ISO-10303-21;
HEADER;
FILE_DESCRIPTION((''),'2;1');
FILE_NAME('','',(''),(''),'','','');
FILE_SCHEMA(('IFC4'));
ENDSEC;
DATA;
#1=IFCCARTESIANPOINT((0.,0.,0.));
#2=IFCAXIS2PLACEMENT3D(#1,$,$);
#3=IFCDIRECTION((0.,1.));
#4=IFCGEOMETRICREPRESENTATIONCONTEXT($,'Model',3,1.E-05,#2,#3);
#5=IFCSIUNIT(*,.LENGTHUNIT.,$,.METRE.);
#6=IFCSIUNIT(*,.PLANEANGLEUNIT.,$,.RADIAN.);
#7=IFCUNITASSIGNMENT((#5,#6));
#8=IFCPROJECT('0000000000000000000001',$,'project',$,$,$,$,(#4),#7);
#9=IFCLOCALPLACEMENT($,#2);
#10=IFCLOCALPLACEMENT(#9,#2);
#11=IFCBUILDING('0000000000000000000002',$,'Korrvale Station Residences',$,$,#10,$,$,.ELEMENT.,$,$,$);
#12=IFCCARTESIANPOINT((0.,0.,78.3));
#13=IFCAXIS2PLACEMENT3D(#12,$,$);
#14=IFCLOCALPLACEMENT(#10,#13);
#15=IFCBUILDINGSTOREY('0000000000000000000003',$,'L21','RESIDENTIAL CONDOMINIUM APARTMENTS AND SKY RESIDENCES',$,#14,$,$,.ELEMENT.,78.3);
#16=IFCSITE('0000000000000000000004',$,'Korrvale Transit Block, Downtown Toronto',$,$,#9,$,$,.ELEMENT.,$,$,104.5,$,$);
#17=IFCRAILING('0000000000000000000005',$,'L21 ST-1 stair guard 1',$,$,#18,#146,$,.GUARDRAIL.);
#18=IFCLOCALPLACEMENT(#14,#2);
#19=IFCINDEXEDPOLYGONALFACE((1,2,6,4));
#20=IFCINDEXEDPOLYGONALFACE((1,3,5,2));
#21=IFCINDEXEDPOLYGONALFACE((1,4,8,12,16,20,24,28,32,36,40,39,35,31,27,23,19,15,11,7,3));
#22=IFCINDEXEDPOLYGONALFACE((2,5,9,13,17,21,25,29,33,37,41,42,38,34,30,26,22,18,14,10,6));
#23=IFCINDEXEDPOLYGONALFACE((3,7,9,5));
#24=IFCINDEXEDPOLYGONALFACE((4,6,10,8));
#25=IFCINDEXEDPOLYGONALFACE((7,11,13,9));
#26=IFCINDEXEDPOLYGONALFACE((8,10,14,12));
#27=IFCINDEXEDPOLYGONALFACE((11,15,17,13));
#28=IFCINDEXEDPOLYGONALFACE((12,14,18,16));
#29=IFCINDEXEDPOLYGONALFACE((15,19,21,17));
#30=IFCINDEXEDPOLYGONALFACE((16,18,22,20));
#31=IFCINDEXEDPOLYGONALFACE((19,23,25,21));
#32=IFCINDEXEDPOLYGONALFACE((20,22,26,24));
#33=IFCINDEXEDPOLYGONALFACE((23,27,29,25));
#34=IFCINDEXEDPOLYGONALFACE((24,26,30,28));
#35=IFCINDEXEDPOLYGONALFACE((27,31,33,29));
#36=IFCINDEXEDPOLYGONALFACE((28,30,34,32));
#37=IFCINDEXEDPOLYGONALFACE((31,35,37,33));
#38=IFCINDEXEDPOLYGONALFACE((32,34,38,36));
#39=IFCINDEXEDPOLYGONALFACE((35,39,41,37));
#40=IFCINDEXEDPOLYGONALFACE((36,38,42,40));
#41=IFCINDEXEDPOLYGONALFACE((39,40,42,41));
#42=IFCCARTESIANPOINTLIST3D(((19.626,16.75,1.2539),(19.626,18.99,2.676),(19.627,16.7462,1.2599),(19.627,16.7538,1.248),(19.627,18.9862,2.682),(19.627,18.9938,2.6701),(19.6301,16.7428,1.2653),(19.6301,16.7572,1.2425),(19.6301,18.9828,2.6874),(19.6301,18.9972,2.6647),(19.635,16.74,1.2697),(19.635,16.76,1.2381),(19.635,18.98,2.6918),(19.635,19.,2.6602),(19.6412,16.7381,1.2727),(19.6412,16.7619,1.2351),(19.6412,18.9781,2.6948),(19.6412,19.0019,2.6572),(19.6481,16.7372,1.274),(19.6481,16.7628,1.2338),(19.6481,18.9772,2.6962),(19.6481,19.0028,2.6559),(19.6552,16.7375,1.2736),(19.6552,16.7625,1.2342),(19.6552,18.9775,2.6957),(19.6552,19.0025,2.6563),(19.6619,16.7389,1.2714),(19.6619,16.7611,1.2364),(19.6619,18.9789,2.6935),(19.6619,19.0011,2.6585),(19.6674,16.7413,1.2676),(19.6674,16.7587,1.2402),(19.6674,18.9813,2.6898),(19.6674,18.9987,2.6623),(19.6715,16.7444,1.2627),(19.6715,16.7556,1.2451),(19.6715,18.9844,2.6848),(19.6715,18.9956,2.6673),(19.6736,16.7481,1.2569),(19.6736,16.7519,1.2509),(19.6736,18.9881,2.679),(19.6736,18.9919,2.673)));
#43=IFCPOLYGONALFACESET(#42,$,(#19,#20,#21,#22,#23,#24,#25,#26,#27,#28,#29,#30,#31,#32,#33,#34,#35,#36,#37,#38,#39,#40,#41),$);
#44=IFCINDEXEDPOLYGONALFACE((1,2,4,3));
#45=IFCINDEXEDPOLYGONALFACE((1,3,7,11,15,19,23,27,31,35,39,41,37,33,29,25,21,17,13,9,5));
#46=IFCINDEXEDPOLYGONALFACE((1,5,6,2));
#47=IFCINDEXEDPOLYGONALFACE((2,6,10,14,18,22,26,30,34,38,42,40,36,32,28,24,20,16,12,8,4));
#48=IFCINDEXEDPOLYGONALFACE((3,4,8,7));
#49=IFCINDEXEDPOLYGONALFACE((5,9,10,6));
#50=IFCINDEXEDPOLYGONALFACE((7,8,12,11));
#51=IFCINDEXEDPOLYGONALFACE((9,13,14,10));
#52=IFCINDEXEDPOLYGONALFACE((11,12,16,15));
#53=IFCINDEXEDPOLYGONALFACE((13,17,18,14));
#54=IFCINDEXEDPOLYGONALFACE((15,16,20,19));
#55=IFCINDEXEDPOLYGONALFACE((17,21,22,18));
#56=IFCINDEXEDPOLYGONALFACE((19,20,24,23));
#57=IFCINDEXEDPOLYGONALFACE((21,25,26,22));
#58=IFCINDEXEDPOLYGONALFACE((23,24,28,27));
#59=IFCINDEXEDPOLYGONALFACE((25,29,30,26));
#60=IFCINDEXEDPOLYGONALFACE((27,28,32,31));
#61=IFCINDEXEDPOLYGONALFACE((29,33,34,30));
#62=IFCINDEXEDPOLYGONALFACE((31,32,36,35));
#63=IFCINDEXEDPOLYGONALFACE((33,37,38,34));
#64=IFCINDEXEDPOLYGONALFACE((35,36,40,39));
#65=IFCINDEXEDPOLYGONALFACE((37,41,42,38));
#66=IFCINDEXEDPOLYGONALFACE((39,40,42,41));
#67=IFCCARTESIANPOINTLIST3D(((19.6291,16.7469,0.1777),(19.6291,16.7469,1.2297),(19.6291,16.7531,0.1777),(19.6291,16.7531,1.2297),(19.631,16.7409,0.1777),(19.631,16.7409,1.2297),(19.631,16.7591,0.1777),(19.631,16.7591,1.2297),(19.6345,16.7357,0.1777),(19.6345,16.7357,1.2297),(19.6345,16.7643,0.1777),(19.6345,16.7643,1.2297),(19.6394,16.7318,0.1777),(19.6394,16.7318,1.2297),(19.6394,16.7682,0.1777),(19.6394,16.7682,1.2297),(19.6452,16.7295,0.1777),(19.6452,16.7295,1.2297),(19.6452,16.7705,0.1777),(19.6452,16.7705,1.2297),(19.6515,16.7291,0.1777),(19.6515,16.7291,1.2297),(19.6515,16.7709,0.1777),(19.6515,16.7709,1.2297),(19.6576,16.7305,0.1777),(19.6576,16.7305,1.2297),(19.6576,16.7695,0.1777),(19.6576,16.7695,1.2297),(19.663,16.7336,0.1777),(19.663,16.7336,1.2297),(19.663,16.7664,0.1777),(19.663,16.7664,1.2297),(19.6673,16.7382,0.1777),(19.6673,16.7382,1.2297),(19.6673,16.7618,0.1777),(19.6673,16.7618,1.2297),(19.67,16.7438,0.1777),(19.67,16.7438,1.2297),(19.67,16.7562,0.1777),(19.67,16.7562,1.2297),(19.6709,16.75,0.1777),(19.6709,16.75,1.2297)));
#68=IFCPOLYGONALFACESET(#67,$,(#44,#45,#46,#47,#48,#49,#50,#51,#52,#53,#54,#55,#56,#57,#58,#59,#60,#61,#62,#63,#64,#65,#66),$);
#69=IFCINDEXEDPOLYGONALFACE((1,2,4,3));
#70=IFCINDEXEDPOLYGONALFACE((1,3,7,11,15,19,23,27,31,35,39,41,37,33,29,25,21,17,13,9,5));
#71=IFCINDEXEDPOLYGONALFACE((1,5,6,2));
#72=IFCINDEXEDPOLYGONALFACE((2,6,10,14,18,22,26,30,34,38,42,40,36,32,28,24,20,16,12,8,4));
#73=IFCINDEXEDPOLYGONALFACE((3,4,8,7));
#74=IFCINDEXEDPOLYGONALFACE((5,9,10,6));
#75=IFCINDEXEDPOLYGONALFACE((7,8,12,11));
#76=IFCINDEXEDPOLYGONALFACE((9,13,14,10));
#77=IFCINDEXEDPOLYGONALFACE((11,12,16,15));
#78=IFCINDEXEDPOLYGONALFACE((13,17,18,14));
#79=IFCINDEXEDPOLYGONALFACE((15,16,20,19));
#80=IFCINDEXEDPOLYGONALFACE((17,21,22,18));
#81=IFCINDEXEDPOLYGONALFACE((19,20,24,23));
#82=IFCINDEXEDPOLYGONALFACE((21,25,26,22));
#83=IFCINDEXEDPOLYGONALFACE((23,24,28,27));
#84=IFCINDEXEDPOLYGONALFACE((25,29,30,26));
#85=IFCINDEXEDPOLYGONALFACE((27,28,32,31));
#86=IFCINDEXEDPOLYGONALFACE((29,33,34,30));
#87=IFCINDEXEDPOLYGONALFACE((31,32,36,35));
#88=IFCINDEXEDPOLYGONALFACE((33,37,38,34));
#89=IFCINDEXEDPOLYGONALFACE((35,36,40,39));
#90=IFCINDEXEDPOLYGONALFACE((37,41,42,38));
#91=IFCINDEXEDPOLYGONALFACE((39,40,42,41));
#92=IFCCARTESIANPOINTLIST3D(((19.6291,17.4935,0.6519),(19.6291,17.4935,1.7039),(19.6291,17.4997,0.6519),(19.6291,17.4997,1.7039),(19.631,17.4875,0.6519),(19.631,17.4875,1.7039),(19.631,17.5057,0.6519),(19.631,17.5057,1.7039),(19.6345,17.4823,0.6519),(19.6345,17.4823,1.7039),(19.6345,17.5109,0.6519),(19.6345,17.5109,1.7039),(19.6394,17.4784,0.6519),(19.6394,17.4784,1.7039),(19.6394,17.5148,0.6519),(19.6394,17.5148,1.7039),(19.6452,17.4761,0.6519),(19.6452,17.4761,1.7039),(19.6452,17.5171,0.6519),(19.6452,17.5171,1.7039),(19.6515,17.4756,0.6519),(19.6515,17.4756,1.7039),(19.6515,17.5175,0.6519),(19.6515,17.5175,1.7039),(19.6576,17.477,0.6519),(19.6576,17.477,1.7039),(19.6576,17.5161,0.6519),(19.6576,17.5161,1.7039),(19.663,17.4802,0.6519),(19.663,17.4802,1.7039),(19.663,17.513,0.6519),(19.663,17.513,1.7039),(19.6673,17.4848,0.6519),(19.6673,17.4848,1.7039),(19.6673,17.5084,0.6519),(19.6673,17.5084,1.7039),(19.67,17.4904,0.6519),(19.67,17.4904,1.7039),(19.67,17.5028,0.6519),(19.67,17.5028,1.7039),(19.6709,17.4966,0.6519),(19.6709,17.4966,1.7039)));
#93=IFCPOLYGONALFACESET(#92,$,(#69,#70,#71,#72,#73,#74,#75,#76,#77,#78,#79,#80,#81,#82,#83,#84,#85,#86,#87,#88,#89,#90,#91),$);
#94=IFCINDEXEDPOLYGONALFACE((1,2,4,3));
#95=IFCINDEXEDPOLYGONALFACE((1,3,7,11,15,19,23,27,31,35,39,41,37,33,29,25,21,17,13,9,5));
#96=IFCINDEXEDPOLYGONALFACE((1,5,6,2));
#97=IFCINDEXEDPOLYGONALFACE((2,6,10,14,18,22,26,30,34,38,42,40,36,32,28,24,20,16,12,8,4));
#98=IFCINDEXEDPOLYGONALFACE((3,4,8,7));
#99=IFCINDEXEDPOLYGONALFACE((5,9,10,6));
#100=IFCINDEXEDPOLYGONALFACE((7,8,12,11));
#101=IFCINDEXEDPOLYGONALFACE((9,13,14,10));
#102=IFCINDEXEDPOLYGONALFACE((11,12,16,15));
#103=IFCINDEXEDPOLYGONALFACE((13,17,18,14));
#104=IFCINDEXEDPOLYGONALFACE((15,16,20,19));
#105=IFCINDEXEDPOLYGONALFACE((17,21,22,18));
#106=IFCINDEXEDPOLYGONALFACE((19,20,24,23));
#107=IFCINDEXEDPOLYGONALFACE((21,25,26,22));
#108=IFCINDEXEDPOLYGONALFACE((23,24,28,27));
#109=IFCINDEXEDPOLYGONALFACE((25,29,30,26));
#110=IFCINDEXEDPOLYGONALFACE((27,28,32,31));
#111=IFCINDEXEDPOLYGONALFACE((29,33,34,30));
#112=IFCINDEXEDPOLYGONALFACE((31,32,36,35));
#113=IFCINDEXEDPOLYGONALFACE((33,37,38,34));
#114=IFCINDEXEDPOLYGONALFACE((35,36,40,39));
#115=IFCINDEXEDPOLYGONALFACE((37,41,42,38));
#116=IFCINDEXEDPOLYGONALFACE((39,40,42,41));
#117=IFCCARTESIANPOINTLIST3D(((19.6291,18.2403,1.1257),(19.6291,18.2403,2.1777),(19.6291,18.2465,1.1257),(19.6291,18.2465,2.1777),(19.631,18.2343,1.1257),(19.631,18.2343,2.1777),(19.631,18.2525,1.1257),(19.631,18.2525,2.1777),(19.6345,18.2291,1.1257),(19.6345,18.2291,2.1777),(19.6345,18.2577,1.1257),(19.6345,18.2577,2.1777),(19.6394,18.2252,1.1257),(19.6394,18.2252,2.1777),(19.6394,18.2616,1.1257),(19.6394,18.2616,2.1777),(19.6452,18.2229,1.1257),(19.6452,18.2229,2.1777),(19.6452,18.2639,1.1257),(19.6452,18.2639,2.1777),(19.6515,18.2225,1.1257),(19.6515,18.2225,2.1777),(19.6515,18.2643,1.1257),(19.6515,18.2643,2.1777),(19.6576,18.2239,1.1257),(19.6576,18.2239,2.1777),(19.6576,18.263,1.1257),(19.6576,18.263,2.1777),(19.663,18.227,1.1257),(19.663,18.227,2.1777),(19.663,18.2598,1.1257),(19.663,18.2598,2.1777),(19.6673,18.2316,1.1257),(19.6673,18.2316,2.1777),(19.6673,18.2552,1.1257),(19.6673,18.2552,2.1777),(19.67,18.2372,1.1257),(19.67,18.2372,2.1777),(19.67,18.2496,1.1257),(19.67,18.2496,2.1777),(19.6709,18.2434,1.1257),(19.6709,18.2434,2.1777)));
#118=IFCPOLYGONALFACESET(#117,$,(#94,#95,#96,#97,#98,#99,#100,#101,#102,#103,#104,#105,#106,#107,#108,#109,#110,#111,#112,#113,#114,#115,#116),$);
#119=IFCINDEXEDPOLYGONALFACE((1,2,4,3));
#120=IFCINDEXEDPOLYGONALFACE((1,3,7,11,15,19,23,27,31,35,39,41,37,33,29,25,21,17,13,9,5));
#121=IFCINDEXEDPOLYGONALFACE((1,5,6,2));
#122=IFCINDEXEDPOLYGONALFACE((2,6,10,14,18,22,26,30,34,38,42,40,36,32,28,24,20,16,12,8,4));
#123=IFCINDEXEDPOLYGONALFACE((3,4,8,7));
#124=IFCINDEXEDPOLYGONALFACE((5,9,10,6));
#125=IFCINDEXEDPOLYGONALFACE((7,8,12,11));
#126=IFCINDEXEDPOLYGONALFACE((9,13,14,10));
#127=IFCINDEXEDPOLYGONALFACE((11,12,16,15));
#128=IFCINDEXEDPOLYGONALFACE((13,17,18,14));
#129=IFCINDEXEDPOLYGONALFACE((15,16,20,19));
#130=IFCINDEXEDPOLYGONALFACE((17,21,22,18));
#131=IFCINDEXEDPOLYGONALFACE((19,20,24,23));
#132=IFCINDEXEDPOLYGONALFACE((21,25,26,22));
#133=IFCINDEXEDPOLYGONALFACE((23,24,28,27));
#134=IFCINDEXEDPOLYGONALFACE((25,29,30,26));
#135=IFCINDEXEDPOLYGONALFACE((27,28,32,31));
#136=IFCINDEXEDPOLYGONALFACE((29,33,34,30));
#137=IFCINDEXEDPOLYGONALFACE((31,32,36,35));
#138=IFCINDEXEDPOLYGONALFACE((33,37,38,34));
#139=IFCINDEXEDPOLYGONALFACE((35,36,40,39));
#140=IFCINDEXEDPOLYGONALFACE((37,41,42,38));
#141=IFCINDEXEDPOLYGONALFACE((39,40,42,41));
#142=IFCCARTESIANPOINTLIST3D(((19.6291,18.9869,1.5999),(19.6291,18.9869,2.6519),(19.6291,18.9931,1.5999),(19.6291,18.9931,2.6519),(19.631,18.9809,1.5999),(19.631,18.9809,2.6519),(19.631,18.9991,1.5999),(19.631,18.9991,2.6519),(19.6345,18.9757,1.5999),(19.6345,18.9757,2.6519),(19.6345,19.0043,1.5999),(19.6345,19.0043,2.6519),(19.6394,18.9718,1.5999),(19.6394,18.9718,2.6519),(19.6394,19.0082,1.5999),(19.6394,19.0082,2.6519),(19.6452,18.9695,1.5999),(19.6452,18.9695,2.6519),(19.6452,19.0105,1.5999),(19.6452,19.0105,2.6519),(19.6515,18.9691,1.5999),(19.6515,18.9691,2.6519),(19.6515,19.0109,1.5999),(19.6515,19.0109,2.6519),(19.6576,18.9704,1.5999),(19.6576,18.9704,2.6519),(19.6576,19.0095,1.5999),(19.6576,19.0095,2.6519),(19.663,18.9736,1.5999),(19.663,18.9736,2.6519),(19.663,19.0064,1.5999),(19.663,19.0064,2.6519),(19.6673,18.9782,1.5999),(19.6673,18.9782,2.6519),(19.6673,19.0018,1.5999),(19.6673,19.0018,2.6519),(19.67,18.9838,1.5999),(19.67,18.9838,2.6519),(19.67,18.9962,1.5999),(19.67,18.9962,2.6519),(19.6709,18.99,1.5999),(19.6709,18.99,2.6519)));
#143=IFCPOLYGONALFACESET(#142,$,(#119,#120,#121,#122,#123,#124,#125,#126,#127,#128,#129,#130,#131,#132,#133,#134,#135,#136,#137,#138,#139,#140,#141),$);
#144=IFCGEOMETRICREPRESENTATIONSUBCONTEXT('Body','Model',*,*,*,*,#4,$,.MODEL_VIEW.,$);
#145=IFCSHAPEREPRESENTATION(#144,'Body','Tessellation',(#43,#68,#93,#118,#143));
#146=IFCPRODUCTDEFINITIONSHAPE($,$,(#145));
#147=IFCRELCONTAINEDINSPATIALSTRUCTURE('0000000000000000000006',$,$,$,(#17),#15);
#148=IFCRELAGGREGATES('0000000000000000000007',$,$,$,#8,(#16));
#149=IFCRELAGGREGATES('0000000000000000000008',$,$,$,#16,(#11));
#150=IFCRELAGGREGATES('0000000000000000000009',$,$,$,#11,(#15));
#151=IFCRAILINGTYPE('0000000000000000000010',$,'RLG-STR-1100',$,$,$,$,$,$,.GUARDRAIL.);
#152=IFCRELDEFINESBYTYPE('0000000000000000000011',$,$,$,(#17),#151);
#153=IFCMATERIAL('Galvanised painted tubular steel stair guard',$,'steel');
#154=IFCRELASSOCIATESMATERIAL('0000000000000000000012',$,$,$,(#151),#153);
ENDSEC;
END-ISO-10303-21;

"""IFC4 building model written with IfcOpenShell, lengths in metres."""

from ifc_helpers import new_model, si_unit, direction, frame, origin, origin_2d, place, context, subcontext, project, spatial, circle, extrude, material, type_object, element, save


model = new_model("IFC4")

# Units and contexts
model_context = context("Model", 3, precision=1e-05, world=origin(), true_north=direction((0.0, 1.0)))
body_context = subcontext(model_context, "Body", "Model", "MODEL_VIEW")
ifc_project = project(units=[si_unit("LENGTHUNIT", "METRE"), si_unit("PLANEANGLEUNIT", "RADIAN")], contexts=[model_context])

# Site, building, storey
site_placement = place(None, origin())
site = spatial("IfcSite", under=ifc_project, at=site_placement, Name="Korrvale Transit Block, Downtown Toronto", CompositionType="ELEMENT", RefElevation=104.5)
building_placement = place(site_placement, origin())
building = spatial("IfcBuilding", under=site, at=building_placement, Name="Korrvale Station Residences", CompositionType="ELEMENT")
storey_placement = place(building_placement, frame((0.0, 0.0, 78.3)))
storey = spatial("IfcBuildingStorey", under=building, at=storey_placement, Name="L21", Description="RESIDENTIAL CONDOMINIUM APARTMENTS AND SKY RESIDENCES", CompositionType="ELEMENT", Elevation=78.3)

# Railing
ifc_material_1 = material(Name="Galvanised painted tubular steel stair guard", Category="steel")
railing_type_1 = type_object("IfcRailingType", Name="RLG-STR-1100", PredefinedType="GUARDRAIL", material=ifc_material_1)
railing_1_placement = place(storey_placement, frame((19.6499, 16.75, 0.1777)))
element("IfcRailing", 1, at=railing_1_placement, inside=storey, type_object=railing_type_1, Name="L21 ST-1 stair guard 1", PredefinedType="GUARDRAIL", context=body_context, shape_type="SweptSolid", body=[
    extrude(circle(Radius=0.0239, at=origin_2d()), frame((0.0, 0.0, 1.0762), z_axis=(0.0, 0.844229, 0.535982), x_axis=(-1.0, 0.0, 0.0)), (0.0, 0.0, 1.0), 2.6533),
    extrude(circle(Radius=0.021, at=origin_2d()), origin(), (0.0, 0.0, 1.0), 1.052),
    extrude(circle(Radius=0.021, at=origin_2d()), frame((0.0, 0.7466, 0.4741)), (0.0, 0.0, 1.0), 1.052),
    extrude(circle(Radius=0.021, at=origin_2d()), frame((0.0, 1.4934, 0.948)), (0.0, 0.0, 1.0), 1.052),
    extrude(circle(Radius=0.021, at=origin_2d()), frame((0.0, 2.24, 1.4221)), (0.0, 0.0, 1.0), 1.052),
])

save(model, "model.ifc")
